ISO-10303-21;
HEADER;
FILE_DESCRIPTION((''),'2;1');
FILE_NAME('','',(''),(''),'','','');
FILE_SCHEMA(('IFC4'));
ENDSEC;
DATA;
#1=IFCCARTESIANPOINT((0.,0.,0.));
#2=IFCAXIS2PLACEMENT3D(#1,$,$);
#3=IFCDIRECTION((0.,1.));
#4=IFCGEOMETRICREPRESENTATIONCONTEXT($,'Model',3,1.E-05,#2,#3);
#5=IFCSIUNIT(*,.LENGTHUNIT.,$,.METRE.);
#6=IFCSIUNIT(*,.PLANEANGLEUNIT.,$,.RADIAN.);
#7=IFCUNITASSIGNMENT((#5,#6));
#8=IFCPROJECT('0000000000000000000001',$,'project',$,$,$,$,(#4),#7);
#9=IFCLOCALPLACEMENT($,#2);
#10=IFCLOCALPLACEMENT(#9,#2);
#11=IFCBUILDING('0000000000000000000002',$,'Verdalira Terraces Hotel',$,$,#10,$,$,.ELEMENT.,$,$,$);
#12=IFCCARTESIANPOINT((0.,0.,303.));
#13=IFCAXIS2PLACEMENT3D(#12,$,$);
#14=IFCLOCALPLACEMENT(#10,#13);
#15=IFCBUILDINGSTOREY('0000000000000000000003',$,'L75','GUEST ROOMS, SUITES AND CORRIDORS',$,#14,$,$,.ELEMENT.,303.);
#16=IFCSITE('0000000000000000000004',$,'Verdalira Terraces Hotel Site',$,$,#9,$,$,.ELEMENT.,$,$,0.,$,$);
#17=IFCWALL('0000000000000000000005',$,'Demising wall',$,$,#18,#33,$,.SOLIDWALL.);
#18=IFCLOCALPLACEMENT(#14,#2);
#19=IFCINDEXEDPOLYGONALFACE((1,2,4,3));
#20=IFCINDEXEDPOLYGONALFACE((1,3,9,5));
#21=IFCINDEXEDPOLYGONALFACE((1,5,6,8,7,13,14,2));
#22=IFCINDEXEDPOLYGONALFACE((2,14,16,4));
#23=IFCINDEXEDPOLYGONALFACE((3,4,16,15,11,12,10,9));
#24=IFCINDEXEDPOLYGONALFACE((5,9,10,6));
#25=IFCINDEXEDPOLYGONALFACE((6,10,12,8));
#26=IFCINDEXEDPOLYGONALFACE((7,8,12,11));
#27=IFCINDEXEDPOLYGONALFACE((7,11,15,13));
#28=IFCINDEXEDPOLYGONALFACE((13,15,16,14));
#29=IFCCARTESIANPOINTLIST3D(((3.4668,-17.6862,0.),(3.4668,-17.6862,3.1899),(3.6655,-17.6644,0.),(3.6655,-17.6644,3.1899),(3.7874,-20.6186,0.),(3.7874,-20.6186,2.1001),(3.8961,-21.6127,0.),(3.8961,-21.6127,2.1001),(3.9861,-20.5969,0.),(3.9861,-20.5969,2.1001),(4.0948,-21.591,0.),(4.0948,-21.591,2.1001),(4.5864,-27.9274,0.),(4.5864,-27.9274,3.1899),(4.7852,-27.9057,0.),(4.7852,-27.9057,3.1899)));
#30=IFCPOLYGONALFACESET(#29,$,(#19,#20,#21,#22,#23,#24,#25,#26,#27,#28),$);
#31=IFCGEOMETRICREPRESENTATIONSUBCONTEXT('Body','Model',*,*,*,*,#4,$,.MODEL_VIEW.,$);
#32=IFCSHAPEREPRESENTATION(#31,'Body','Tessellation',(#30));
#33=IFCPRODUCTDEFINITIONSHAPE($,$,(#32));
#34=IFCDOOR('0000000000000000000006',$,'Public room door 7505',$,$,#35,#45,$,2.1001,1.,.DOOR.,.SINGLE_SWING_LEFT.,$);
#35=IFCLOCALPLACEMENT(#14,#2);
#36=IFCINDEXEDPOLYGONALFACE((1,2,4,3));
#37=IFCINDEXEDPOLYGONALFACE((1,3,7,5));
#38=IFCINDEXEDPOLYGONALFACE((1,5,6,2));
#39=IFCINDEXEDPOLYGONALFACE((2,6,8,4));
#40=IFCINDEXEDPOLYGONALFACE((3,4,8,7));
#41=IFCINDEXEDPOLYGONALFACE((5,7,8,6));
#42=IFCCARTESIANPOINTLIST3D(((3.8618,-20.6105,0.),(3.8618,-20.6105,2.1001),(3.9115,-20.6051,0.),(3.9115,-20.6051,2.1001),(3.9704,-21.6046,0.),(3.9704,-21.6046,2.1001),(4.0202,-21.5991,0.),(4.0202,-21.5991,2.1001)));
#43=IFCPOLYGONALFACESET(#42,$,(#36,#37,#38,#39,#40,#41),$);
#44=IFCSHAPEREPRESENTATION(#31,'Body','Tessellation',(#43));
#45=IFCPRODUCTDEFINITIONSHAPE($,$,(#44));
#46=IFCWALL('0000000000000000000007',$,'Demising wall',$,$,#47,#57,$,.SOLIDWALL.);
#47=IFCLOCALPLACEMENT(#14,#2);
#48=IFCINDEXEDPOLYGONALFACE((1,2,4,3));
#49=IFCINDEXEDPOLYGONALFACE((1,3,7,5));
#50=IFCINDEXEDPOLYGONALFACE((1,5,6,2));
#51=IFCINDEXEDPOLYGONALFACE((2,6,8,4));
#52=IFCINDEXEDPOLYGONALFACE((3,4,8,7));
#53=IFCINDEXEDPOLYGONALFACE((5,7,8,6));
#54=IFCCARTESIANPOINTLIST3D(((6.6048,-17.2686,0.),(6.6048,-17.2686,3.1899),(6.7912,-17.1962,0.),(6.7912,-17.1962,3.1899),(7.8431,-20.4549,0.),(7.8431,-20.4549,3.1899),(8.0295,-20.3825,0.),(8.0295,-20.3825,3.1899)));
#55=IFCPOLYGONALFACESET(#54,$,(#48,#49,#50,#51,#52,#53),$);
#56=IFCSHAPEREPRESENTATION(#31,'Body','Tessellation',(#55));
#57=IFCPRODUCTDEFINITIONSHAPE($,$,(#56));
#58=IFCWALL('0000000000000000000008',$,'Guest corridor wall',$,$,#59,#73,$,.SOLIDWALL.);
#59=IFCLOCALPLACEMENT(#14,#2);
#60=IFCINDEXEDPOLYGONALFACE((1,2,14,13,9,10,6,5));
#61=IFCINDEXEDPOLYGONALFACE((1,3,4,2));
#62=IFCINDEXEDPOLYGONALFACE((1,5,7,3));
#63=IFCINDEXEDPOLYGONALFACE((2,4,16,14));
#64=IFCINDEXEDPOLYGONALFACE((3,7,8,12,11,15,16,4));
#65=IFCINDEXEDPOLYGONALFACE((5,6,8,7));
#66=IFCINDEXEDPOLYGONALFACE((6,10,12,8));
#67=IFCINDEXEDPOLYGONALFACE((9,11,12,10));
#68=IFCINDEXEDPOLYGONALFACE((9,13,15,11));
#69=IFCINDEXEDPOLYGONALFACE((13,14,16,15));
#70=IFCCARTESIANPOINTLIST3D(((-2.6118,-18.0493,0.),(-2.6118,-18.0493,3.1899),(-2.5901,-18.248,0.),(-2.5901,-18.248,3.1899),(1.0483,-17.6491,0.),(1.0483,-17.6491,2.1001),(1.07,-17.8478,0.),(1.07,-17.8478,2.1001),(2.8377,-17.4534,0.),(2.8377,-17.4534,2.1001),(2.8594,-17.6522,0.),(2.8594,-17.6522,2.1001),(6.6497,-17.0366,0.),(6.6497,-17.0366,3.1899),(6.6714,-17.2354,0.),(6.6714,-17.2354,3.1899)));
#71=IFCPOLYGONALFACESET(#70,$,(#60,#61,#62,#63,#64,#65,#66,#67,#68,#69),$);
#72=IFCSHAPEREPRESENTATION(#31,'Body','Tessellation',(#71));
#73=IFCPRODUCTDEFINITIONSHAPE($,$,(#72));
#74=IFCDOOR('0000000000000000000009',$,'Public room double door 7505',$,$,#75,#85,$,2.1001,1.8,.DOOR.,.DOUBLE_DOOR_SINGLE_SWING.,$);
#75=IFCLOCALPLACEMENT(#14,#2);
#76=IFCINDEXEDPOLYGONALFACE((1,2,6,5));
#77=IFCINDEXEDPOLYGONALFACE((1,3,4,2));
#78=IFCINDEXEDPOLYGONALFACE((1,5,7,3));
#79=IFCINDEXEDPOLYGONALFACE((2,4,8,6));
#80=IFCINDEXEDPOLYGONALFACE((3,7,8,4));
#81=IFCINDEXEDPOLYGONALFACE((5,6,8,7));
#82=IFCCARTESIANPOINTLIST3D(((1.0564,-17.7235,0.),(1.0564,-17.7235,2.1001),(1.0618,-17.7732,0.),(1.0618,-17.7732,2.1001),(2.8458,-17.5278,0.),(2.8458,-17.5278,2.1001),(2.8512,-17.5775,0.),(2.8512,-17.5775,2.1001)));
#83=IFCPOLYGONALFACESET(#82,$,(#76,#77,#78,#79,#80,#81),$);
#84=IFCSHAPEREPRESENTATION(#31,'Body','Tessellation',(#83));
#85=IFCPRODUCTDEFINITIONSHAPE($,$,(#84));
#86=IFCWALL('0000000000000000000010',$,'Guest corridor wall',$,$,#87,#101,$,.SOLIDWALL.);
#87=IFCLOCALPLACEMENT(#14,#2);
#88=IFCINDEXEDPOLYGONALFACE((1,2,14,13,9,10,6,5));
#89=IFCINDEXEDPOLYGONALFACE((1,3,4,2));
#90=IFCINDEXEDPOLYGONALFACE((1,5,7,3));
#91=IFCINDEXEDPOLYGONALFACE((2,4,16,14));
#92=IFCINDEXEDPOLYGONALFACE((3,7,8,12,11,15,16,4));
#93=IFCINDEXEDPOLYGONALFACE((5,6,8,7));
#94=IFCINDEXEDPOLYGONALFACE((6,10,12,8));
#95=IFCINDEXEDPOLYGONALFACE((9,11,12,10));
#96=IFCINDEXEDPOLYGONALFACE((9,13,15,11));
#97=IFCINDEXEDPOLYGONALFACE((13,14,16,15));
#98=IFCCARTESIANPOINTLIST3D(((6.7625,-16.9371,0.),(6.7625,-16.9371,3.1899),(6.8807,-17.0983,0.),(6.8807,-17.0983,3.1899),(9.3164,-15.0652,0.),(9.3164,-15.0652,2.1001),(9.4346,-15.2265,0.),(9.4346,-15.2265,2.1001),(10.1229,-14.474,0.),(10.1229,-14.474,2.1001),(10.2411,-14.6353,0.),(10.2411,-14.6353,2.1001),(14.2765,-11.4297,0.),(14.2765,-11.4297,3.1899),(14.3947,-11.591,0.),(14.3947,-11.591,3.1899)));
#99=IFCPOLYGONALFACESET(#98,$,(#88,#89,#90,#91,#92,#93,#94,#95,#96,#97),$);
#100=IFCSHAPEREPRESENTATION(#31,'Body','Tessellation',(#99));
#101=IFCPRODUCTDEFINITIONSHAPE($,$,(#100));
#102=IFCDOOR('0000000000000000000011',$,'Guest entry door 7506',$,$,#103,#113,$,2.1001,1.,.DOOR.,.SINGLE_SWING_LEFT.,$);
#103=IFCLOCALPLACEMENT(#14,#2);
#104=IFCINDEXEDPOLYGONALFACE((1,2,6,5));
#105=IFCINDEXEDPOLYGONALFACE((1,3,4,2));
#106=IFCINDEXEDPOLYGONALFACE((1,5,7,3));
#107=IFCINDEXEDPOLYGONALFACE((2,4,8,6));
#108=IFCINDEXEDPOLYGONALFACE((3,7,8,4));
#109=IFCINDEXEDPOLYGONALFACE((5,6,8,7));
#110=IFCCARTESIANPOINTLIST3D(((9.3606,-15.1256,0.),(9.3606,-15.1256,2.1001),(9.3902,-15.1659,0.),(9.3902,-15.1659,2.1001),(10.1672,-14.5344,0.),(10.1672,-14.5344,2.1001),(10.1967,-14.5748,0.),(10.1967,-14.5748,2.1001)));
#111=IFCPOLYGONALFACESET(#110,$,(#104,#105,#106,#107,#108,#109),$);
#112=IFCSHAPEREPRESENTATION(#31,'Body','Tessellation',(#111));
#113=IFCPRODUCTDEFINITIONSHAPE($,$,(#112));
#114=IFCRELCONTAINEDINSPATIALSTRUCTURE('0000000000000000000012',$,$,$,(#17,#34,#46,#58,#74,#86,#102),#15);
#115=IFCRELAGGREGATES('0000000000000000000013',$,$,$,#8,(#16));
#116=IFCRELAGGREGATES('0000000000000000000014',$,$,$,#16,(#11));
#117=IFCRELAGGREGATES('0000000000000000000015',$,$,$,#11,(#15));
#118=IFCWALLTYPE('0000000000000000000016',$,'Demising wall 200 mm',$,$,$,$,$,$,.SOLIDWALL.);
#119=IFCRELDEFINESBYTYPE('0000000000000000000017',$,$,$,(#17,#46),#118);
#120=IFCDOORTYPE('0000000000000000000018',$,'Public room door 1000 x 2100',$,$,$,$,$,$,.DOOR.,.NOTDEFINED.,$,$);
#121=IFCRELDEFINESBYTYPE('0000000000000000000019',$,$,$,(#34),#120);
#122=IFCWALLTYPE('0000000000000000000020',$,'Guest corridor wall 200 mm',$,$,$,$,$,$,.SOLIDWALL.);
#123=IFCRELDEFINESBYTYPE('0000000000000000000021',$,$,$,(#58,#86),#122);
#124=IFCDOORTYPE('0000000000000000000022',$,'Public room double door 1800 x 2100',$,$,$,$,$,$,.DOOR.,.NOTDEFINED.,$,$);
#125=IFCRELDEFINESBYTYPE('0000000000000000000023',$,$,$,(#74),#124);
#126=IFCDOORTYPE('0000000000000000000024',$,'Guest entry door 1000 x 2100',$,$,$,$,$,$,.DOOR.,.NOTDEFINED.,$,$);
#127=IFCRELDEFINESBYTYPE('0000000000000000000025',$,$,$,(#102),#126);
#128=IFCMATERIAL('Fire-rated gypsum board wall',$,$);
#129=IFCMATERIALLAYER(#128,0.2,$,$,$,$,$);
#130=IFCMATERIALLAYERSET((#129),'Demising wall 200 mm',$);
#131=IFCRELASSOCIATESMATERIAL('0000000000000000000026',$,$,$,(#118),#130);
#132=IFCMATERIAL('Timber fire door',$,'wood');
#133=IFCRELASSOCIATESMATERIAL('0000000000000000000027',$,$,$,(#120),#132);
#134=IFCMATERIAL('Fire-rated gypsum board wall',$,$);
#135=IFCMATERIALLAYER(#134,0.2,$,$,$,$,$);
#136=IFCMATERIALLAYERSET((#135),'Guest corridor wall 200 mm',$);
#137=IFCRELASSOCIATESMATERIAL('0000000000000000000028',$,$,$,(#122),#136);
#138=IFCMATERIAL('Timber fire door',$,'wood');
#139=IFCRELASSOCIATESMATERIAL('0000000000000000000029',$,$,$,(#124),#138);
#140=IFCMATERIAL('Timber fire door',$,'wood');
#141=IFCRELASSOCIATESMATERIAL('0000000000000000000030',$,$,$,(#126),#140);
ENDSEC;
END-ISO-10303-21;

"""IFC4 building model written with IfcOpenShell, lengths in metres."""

from ifc_helpers import new_model, si_unit, direction, frame, frame_2d, origin, place, context, subcontext, project, spatial, rectangle, extrude, material, layer, layer_set, type_object, element, fill, save


model = new_model("IFC4")

# Units and contexts
model_context = context("Model", 3, precision=1e-05, world=origin(), true_north=direction((0.0, 1.0)))
body_context = subcontext(model_context, "Body", "Model", "MODEL_VIEW")
ifc_project = project(units=[si_unit("LENGTHUNIT", "METRE"), si_unit("PLANEANGLEUNIT", "RADIAN")], contexts=[model_context])

# Site, building, storey
site_placement = place(None, origin())
site = spatial("IfcSite", under=ifc_project, at=site_placement, Name="Verdalira Terraces Hotel Site", CompositionType="ELEMENT", RefElevation=0.0)
building_placement = place(site_placement, origin())
building = spatial("IfcBuilding", under=site, at=building_placement, Name="Verdalira Terraces Hotel", CompositionType="ELEMENT")
storey_placement = place(building_placement, frame((0.0, 0.0, 303.0)))
storey = spatial("IfcBuildingStorey", under=building, at=storey_placement, Name="L75", Description="GUEST ROOMS, SUITES AND CORRIDORS", CompositionType="ELEMENT", Elevation=303.0)

# Wall, opening, door
ifc_material_1 = material(Name="Fire-rated gypsum board wall")
ifc_layer_1 = layer(ifc_material_1, 0.2)
ifc_layer_set_1 = layer_set([ifc_layer_1], Name="Demising wall 200 mm")
wall_type_1 = type_object("IfcWallType", Name="Demising wall 200 mm", PredefinedType="SOLIDWALL", material=ifc_layer_set_1)
wall_1_placement = place(storey_placement, frame((3.5662, -17.6753, 0.0), z_axis=(0.0, 0.0, 1.0), x_axis=(0.108678, -0.994077, 0.0)))
wall_1 = element("IfcWall", 1, at=wall_1_placement, inside=storey, type_object=wall_type_1, Name="Demising wall", PredefinedType="SOLIDWALL", context=body_context, shape_type="SweptSolid", body=[
    extrude(rectangle(XDim=10.3022, YDim=0.2, at=frame_2d((5.1511, 0.0))), origin(), (0.0, 0.0, 1.0), 3.1899),
])
opening_1_placement = place(wall_1_placement, frame((2.95, 0.0, 0.0)))
opening_1 = element("IfcOpeningElement", 2, at=opening_1_placement, cuts=wall_1, PredefinedType="OPENING", context=body_context, shape_type="SweptSolid", body=[
    extrude(rectangle(XDim=1.0, YDim=2.1001, at=frame_2d((0.5, 1.05))), frame((0.0, 0.1099, 0.0), z_axis=(0.0, -1.0, 0.0), x_axis=(1.0, 0.0, 0.0)), (0.0, 0.0, 1.0), 0.22),
])
ifc_material_2 = material(Name="Timber fire door", Category="wood")
door_type_1 = type_object("IfcDoorType", Name="Public room door 1000 x 2100", OperationType="NOTDEFINED", PredefinedType="DOOR", material=ifc_material_2)
door_1_placement = place(opening_1_placement, origin())
door_1 = element("IfcDoor", 3, at=door_1_placement, inside=storey, type_object=door_type_1, Name="Public room door 7505", OperationType="SINGLE_SWING_LEFT", OverallHeight=2.1001, OverallWidth=1.0, PredefinedType="DOOR", context=body_context, shape_type="SweptSolid", body=[
    extrude(rectangle(XDim=1.0, YDim=2.1001, at=frame_2d((0.5, 1.05))), frame((0.0, 0.0249, 0.0), z_axis=(0.0, -1.0, 0.0), x_axis=(1.0, 0.0, 0.0)), (0.0, 0.0, 1.0), 0.05),
])
fill(opening_1, door_1)

# Wall
wall_2_placement = place(storey_placement, frame((6.698, -17.2324, 0.0), z_axis=(0.0, 0.0, 1.0), x_axis=(0.362236, -0.932086, 0.0)))
element("IfcWall", 4, at=wall_2_placement, inside=storey, type_object=wall_type_1, Name="Demising wall", PredefinedType="SOLIDWALL", context=body_context, shape_type="SweptSolid", body=[
    extrude(rectangle(XDim=3.4185, YDim=0.2, at=frame_2d((1.7092, 0.0))), origin(), (0.0, 0.0, 1.0), 3.1899),
])

# Walls, openings, doors
ifc_material_3 = material(Name="Fire-rated gypsum board wall")
ifc_layer_2 = layer(ifc_material_3, 0.2)
ifc_layer_set_2 = layer_set([ifc_layer_2], Name="Guest corridor wall 200 mm")
wall_type_2 = type_object("IfcWallType", Name="Guest corridor wall 200 mm", PredefinedType="SOLIDWALL", material=ifc_layer_set_2)
wall_3_placement = place(storey_placement, frame((6.6604, -17.136, 0.0), z_axis=(0.0, 0.0, 1.0), x_axis=(-0.994075, -0.108697, 0.0)))
wall_3 = element("IfcWall", 5, at=wall_3_placement, inside=storey, type_object=wall_type_2, Name="Guest corridor wall", PredefinedType="SOLIDWALL", context=body_context, shape_type="SweptSolid", body=[
    extrude(rectangle(XDim=9.3166, YDim=0.2, at=frame_2d((4.6582, 0.0))), origin(), (0.0, 0.0, 1.0), 3.1899),
])
opening_2_placement = place(wall_3_placement, frame((3.8347, 0.0, 0.0)))
opening_2 = element("IfcOpeningElement", 6, at=opening_2_placement, cuts=wall_3, PredefinedType="OPENING", context=body_context, shape_type="SweptSolid", body=[
    extrude(rectangle(XDim=1.8, YDim=2.1001, at=frame_2d((0.8999, 1.05))), frame((0.0, 0.1099, 0.0), z_axis=(0.0, -1.0, 0.0), x_axis=(1.0, 0.0, 0.0)), (0.0, 0.0, 1.0), 0.22),
])
ifc_material_4 = material(Name="Timber fire door", Category="wood")
door_type_2 = type_object("IfcDoorType", Name="Public room double door 1800 x 2100", OperationType="NOTDEFINED", PredefinedType="DOOR", material=ifc_material_4)
door_2_placement = place(opening_2_placement, origin())
door_2 = element("IfcDoor", 7, at=door_2_placement, inside=storey, type_object=door_type_2, Name="Public room double door 7505", OperationType="DOUBLE_DOOR_SINGLE_SWING", OverallHeight=2.1001, OverallWidth=1.8, PredefinedType="DOOR", context=body_context, shape_type="SweptSolid", body=[
    extrude(rectangle(XDim=1.8, YDim=2.1001, at=frame_2d((0.8999, 1.05))), frame((0.0, 0.0249, 0.0), z_axis=(0.0, -1.0, 0.0), x_axis=(1.0, 0.0, 0.0)), (0.0, 0.0, 1.0), 0.05),
])
fill(opening_2, door_2)
wall_4_placement = place(storey_placement, frame((14.3357, -11.5103, 0.0), z_axis=(0.0, 0.0, 1.0), x_axis=(-0.806552, -0.591163, 0.0)))
wall_4 = element("IfcWall", 8, at=wall_4_placement, inside=storey, type_object=wall_type_2, Name="Guest corridor wall", PredefinedType="SOLIDWALL", context=body_context, shape_type="SweptSolid", body=[
    extrude(rectangle(XDim=9.3162, YDim=0.2, at=frame_2d((4.6582, 0.0))), origin(), (0.0, 0.0, 1.0), 3.1899),
])
opening_3_placement = place(wall_4_placement, frame((5.1499, 0.0, 0.0)))
opening_3 = element("IfcOpeningElement", 9, at=opening_3_placement, cuts=wall_4, PredefinedType="OPENING", context=body_context, shape_type="SweptSolid", body=[
    extrude(rectangle(XDim=1.0, YDim=2.1001, at=frame_2d((0.5, 1.05))), frame((0.0, 0.1099, 0.0), z_axis=(0.0, -1.0, 0.0), x_axis=(1.0, 0.0, 0.0)), (0.0, 0.0, 1.0), 0.22),
])
ifc_material_5 = material(Name="Timber fire door", Category="wood")
door_type_3 = type_object("IfcDoorType", Name="Guest entry door 1000 x 2100", OperationType="NOTDEFINED", PredefinedType="DOOR", material=ifc_material_5)
door_3_placement = place(opening_3_placement, origin())
door_3 = element("IfcDoor", 10, at=door_3_placement, inside=storey, type_object=door_type_3, Name="Guest entry door 7506", OperationType="SINGLE_SWING_LEFT", OverallHeight=2.1001, OverallWidth=1.0, PredefinedType="DOOR", context=body_context, shape_type="SweptSolid", body=[
    extrude(rectangle(XDim=1.0, YDim=2.1001, at=frame_2d((0.5, 1.05))), frame((0.0, 0.0249, 0.0), z_axis=(0.0, -1.0, 0.0), x_axis=(1.0, 0.0, 0.0)), (0.0, 0.0, 1.0), 0.05),
])
fill(opening_3, door_3)

save(model, "model.ifc")
